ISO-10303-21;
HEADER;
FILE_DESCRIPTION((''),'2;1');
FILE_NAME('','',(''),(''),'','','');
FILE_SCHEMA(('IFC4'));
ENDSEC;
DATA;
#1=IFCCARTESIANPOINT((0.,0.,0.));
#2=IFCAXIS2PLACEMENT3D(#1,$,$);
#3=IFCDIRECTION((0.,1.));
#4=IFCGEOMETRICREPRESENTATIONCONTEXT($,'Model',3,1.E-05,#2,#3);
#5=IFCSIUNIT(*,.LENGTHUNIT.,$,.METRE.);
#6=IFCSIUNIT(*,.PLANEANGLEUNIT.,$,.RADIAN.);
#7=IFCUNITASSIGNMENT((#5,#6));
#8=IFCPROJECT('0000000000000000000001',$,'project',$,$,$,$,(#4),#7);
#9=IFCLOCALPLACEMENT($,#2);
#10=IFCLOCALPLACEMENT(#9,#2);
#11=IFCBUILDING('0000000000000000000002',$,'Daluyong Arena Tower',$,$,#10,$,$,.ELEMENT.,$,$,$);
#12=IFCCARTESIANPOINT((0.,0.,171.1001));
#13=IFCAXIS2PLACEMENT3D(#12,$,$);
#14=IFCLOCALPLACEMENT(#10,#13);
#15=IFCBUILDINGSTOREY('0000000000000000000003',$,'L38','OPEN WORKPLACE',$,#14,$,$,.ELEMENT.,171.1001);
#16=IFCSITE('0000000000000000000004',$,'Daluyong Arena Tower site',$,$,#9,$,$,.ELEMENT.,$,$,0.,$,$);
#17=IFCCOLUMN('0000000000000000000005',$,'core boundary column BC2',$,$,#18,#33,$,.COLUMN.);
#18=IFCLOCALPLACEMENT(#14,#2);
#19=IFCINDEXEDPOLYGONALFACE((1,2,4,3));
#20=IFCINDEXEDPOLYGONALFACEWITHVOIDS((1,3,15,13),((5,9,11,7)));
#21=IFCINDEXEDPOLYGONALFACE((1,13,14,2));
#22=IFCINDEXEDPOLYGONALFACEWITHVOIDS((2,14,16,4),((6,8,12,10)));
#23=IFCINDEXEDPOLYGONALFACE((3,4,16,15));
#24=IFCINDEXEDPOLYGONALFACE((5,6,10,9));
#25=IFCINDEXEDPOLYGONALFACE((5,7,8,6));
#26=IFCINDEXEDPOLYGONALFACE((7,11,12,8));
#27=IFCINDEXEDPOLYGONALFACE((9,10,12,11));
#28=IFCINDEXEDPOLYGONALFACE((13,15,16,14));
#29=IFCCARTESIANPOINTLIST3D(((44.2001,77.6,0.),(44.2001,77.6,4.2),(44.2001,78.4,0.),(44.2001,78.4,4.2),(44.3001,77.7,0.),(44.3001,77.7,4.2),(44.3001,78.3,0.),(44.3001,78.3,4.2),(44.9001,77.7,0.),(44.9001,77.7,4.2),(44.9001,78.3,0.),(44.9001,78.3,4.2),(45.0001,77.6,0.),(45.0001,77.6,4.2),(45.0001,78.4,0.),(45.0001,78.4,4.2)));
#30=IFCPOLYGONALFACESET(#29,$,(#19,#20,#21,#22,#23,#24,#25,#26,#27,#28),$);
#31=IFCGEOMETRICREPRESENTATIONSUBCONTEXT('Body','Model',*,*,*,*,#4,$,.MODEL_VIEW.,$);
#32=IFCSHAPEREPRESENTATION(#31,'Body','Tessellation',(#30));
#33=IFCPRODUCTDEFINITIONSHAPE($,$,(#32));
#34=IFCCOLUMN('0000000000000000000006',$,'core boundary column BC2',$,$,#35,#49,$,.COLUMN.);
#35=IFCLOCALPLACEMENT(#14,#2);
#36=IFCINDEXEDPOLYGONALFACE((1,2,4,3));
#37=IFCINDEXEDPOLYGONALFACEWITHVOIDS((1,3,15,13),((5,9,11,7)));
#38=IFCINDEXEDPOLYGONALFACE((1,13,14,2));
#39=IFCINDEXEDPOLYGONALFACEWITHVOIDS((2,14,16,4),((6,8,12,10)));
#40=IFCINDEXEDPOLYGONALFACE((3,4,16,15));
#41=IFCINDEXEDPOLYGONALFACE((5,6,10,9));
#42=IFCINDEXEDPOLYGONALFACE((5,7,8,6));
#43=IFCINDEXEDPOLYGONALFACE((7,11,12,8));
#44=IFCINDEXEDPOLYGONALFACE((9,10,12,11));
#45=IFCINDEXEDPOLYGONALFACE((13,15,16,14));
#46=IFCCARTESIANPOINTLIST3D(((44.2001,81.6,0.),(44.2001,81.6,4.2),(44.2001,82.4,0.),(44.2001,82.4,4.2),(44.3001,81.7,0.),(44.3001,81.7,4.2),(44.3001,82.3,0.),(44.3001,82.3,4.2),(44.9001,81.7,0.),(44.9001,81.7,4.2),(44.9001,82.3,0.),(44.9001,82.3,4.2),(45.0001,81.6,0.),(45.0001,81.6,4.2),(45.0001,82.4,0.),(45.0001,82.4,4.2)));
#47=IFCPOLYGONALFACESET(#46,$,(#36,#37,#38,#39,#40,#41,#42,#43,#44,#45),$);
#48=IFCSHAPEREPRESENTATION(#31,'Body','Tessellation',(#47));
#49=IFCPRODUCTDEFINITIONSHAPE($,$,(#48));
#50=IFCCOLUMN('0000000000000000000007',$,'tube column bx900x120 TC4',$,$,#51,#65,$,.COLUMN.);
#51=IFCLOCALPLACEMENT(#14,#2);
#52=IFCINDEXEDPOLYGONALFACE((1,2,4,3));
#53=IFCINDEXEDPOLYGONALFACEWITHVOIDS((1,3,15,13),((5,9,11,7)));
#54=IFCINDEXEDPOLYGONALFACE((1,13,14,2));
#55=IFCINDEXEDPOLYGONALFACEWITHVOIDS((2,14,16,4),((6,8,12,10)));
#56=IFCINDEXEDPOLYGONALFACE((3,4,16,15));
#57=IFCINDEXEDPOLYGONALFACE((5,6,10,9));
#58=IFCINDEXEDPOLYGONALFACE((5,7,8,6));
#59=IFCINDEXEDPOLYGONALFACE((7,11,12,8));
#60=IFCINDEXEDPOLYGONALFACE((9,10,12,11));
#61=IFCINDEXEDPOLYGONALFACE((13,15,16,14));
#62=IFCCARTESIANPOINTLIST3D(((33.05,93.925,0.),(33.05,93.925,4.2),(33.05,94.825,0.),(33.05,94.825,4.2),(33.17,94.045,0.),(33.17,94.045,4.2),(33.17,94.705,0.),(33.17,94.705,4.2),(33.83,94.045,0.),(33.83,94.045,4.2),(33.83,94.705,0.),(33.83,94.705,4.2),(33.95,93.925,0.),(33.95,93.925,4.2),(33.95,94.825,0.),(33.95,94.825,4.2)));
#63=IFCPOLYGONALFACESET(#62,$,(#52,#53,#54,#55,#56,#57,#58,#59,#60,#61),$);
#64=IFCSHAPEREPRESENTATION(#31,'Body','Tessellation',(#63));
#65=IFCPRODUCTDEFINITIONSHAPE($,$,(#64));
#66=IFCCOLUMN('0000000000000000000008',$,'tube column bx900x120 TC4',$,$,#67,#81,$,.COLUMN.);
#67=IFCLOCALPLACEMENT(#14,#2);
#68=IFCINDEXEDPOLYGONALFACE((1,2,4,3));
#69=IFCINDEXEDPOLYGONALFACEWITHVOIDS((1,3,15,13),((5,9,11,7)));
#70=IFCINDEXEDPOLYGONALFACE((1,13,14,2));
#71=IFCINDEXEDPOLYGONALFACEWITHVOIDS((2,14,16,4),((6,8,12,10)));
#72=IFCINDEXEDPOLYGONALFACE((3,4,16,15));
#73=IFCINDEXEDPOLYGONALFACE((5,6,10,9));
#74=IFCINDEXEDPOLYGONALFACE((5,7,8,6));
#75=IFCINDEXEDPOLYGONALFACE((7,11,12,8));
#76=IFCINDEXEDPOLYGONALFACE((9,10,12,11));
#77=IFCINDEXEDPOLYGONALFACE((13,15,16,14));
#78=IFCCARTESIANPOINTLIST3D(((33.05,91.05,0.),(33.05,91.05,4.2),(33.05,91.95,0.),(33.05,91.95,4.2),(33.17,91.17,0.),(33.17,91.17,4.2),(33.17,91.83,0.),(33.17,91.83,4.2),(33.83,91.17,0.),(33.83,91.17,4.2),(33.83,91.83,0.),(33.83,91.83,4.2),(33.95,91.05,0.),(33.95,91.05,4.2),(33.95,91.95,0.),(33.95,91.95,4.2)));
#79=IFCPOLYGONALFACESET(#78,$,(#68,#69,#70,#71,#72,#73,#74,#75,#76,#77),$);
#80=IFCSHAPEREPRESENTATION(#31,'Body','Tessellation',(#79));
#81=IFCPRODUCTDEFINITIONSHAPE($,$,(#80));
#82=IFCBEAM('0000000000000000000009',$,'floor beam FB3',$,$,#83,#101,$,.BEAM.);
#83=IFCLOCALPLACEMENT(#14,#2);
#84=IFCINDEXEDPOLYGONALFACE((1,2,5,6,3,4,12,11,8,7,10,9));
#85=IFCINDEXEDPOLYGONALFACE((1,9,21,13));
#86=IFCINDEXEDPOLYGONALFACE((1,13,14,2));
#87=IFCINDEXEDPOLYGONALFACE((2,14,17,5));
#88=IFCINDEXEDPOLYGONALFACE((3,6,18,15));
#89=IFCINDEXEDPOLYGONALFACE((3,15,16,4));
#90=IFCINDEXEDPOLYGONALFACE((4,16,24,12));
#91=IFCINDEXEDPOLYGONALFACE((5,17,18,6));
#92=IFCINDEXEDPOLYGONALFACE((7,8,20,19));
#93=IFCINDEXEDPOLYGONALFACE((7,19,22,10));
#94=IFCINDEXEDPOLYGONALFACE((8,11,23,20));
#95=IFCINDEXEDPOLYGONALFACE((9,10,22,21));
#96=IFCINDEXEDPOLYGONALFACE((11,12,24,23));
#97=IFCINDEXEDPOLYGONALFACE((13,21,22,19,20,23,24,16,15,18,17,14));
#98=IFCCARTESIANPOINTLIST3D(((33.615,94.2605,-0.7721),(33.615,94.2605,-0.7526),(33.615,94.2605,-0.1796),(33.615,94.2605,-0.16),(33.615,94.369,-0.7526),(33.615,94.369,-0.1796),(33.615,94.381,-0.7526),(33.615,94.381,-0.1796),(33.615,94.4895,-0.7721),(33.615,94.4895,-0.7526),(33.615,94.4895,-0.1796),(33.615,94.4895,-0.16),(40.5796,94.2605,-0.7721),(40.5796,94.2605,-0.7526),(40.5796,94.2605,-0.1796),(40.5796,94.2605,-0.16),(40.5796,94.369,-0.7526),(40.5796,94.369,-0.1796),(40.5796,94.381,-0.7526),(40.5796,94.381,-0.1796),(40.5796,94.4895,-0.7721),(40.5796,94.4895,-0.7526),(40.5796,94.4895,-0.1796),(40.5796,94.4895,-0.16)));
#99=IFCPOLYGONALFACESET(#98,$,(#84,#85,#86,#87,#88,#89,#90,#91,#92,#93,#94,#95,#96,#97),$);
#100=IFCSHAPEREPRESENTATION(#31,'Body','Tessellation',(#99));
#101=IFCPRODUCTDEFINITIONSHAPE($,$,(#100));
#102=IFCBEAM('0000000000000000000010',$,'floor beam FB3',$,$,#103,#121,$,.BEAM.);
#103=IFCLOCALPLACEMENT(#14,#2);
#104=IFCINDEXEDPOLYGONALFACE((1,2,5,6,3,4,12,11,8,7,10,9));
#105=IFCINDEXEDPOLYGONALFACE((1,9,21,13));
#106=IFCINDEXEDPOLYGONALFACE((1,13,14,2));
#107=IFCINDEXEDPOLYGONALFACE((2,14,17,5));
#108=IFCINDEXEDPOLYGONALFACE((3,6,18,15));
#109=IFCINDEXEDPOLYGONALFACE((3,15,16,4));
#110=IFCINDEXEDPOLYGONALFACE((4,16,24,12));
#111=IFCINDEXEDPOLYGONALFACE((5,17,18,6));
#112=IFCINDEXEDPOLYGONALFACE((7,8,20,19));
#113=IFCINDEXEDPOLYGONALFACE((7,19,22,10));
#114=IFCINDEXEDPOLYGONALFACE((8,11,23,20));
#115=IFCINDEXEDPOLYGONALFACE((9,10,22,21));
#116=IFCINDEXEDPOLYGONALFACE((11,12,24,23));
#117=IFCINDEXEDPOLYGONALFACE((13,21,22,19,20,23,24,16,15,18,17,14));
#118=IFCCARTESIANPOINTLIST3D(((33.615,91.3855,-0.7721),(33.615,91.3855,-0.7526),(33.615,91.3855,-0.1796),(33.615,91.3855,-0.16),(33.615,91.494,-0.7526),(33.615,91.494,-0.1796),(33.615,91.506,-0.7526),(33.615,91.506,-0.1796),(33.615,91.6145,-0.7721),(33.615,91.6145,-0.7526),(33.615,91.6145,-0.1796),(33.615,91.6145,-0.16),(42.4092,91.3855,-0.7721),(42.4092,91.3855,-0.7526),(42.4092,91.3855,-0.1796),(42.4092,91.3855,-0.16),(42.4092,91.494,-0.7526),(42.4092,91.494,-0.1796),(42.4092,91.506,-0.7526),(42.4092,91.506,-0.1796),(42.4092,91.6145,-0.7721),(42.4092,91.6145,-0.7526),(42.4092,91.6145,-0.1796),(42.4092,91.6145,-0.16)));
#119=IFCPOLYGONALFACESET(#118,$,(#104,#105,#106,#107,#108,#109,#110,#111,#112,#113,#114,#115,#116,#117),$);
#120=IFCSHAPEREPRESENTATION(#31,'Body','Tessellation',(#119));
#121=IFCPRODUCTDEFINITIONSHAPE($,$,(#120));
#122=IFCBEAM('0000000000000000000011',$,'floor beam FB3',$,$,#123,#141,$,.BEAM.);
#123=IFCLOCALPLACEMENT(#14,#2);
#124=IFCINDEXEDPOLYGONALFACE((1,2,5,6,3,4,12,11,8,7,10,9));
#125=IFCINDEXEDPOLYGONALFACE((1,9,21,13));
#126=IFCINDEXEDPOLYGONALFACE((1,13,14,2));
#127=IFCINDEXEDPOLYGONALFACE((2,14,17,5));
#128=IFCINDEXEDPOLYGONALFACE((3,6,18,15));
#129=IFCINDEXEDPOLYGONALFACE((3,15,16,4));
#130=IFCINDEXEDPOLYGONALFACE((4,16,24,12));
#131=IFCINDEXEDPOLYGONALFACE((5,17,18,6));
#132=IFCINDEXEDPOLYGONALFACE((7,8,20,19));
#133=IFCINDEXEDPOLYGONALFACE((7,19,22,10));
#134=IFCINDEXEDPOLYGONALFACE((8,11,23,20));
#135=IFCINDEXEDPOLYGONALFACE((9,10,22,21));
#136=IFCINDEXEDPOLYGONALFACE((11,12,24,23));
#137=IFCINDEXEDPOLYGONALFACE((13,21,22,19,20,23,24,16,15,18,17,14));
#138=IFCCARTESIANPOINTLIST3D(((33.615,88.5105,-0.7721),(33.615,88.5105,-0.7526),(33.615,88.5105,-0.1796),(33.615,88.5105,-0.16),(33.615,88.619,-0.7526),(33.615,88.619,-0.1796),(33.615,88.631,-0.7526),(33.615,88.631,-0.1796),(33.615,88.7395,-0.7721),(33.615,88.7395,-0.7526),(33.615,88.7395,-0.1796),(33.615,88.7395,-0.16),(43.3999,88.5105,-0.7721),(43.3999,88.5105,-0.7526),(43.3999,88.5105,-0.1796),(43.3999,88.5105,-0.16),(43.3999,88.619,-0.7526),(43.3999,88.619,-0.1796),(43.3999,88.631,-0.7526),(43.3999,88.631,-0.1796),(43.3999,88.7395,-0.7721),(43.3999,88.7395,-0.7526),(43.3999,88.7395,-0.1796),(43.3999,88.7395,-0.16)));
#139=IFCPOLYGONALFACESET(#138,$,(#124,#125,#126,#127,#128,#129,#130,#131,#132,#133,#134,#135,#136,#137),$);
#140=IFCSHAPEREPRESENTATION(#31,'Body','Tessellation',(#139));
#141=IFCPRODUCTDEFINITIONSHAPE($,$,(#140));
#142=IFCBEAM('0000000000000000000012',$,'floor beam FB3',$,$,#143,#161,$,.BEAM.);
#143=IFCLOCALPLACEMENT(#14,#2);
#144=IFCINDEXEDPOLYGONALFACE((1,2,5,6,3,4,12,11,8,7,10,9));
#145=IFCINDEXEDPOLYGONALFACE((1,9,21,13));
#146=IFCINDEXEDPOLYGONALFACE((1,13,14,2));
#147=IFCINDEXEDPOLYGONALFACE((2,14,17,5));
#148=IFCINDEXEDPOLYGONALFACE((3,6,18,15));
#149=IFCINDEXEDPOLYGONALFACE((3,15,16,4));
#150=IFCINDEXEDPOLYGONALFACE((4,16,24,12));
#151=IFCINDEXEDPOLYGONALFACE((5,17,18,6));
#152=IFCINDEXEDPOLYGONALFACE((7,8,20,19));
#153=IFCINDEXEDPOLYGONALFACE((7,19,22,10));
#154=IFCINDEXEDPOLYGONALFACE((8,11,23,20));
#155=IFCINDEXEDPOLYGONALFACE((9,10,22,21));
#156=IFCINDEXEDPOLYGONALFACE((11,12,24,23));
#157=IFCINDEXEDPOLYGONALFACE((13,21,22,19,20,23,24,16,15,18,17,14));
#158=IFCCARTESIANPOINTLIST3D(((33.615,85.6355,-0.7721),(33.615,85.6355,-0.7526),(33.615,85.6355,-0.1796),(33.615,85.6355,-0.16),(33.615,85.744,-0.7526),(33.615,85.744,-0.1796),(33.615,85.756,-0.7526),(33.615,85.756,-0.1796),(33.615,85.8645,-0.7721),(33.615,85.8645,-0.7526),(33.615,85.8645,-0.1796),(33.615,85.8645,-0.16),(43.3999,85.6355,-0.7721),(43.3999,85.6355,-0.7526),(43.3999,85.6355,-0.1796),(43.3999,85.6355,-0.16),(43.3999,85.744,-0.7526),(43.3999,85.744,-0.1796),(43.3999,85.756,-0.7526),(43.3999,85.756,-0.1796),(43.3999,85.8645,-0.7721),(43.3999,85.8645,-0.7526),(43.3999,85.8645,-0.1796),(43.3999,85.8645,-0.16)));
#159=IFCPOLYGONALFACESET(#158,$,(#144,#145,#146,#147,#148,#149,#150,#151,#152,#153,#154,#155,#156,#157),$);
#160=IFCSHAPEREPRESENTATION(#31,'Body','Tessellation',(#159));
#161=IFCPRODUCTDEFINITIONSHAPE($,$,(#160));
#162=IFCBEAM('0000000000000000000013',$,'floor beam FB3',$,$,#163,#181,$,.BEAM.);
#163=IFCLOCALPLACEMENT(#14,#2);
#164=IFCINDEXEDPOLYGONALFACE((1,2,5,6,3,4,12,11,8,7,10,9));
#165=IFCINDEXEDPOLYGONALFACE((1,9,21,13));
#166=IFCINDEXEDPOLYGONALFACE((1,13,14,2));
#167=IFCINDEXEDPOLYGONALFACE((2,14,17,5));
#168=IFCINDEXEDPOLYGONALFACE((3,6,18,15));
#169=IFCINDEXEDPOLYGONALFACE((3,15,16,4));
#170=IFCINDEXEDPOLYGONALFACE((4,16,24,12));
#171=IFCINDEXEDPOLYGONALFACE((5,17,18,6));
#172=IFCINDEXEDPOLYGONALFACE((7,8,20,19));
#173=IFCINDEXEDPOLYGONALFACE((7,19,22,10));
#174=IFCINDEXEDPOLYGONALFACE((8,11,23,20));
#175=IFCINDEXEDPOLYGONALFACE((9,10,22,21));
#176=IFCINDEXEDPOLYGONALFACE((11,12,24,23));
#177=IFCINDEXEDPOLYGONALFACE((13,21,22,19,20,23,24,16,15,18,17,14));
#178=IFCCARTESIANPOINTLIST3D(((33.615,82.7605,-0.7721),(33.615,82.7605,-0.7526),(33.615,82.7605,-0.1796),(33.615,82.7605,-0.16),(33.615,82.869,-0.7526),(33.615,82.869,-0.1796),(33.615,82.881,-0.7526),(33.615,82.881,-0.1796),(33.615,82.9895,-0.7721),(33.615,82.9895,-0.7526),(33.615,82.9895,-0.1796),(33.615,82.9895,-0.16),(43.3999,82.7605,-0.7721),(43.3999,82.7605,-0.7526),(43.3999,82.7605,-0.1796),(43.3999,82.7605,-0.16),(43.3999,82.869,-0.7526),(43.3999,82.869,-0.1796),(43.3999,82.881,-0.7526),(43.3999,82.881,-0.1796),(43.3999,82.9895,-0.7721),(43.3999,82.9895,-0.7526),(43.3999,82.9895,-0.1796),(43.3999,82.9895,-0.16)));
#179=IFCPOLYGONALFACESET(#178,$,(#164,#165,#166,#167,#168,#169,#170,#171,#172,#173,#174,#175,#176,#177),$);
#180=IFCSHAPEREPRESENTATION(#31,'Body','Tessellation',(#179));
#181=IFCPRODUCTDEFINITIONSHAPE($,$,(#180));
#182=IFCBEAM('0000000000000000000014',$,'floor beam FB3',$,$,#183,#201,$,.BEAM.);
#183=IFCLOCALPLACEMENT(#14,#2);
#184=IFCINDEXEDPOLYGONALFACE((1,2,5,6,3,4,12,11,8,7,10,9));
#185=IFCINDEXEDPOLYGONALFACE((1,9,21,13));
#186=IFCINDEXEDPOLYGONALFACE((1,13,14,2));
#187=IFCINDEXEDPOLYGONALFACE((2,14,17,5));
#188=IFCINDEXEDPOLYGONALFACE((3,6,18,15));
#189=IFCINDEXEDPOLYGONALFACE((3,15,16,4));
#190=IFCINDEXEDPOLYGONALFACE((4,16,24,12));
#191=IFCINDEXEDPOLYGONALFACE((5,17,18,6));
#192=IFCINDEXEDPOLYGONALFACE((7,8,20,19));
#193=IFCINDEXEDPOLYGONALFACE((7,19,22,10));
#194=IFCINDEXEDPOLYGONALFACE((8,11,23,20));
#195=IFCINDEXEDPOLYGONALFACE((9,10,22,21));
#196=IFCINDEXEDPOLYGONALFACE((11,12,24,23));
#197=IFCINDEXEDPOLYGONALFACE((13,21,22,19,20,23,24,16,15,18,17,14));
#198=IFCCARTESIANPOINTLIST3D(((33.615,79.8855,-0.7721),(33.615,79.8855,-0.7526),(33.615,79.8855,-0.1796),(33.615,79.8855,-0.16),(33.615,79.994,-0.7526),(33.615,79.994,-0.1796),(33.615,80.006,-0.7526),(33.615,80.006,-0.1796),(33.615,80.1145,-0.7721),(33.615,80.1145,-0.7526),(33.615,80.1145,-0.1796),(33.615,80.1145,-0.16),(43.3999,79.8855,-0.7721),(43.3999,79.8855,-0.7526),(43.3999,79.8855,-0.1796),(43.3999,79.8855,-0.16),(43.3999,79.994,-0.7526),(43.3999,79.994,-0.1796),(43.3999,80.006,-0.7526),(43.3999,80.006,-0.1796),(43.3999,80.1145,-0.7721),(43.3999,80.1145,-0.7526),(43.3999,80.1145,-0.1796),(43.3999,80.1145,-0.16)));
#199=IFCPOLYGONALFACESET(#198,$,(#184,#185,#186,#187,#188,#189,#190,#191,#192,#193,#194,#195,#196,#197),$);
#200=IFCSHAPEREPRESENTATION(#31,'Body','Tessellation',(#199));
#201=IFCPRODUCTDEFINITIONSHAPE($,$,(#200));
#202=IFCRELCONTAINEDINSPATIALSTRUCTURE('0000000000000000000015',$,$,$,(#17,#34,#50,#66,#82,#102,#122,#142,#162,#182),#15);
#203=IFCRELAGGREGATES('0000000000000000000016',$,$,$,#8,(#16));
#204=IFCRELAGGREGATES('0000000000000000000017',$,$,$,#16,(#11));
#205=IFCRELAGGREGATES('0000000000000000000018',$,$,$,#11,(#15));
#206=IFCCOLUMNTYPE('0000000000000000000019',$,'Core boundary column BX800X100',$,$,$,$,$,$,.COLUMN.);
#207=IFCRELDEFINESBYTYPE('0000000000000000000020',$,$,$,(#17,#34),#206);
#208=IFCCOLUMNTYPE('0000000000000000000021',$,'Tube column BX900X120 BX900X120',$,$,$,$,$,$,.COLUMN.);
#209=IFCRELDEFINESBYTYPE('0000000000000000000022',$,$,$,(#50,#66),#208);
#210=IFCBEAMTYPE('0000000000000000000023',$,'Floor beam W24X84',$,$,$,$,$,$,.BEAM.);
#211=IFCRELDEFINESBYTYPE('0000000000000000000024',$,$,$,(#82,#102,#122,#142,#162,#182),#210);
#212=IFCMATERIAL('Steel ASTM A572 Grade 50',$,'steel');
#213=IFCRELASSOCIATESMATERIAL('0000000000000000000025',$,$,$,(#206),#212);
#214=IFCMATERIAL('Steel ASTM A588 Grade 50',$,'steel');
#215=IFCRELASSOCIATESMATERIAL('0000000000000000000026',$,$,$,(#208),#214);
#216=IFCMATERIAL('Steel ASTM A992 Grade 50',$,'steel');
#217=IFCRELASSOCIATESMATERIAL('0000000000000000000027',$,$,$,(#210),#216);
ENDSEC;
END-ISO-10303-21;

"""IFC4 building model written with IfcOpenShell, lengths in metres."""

from ifc_helpers import new_model, si_unit, direction, frame, origin, origin_2d, place, context, subcontext, project, spatial, hollow_rectangle, i_section, extrude, material, material_profile, profile_set, type_object, element, save


model = new_model("IFC4")

# Units and contexts
model_context = context("Model", 3, precision=1e-05, world=origin(), true_north=direction((0.0, 1.0)))
body_context = subcontext(model_context, "Body", "Model", "MODEL_VIEW")
ifc_project = project(units=[si_unit("LENGTHUNIT", "METRE"), si_unit("PLANEANGLEUNIT", "RADIAN")], contexts=[model_context])

# Site, building, storey
site_placement = place(None, origin())
site = spatial("IfcSite", under=ifc_project, at=site_placement, Name="Daluyong Arena Tower site", CompositionType="ELEMENT", RefElevation=0.0)
building_placement = place(site_placement, origin())
building = spatial("IfcBuilding", under=site, at=building_placement, Name="Daluyong Arena Tower", CompositionType="ELEMENT")
storey_placement = place(building_placement, frame((0.0, 0.0, 171.1001)))
storey = spatial("IfcBuildingStorey", under=building, at=storey_placement, Name="L38", Description="OPEN WORKPLACE", CompositionType="ELEMENT", Elevation=171.1001)

# Columns
ifc_material_1 = material(Name="Steel ASTM A572 Grade 50", Category="steel")
ifc_material_profile_1 = material_profile(ifc_material_1, hollow_rectangle(XDim=0.8, YDim=0.8, WallThickness=0.1, at=origin_2d()))
ifc_profile_set_1 = profile_set([ifc_material_profile_1], Name="Steel ASTM A572 Grade 50")
column_type_1 = type_object("IfcColumnType", Name="Core boundary column BX800X100", PredefinedType="COLUMN", material=ifc_profile_set_1)
for number, where, z_axis, x_axis, name in (
    (1, (44.6001, 78.0, 0.0), (0.0, 0.0, 1.0), (1.0, 0.0, 0.0), "core boundary column BC2"),
    (2, (44.6001, 82.0, 0.0), (0.0, 0.0, 1.0), (1.0, 0.0, 0.0), "core boundary column BC2"),
):
    element("IfcColumn", number, at=place(storey_placement, frame(where, z_axis=z_axis, x_axis=x_axis)), inside=storey, type_object=column_type_1, Name=name, PredefinedType="COLUMN", context=body_context, shape_type="SweptSolid", body=[
        extrude(hollow_rectangle(XDim=0.8, YDim=0.8, WallThickness=0.1, at=origin_2d()), origin(), (0.0, 0.0, 1.0), 4.2),
    ])
ifc_material_2 = material(Name="Steel ASTM A588 Grade 50", Category="steel")
ifc_material_profile_2 = material_profile(ifc_material_2, hollow_rectangle(XDim=0.8999, YDim=0.8999, WallThickness=0.12, at=origin_2d()))
ifc_profile_set_2 = profile_set([ifc_material_profile_2], Name="Steel ASTM A588 Grade 50")
column_type_2 = type_object("IfcColumnType", Name="Tube column BX900X120 BX900X120", PredefinedType="COLUMN", material=ifc_profile_set_2)
for number, where, z_axis, x_axis, name in (
    (3, (33.5, 94.375, 0.0), (0.0, 0.0, 1.0), (0.0, 1.0, 0.0), "tube column bx900x120 TC4"),
    (4, (33.5, 91.5, 0.0), (0.0, 0.0, 1.0), (0.0, 1.0, 0.0), "tube column bx900x120 TC4"),
):
    element("IfcColumn", number, at=place(storey_placement, frame(where, z_axis=z_axis, x_axis=x_axis)), inside=storey, type_object=column_type_2, Name=name, PredefinedType="COLUMN", context=body_context, shape_type="SweptSolid", body=[
        extrude(hollow_rectangle(XDim=0.8999, YDim=0.8999, WallThickness=0.12, at=origin_2d()), origin(), (0.0, 0.0, 1.0), 4.2),
    ])

# Beams
ifc_material_3 = material(Name="Steel ASTM A992 Grade 50", Category="steel")
ifc_material_profile_3 = material_profile(ifc_material_3, i_section(OverallWidth=0.229, OverallDepth=0.6121, WebThickness=0.012, FlangeThickness=0.0195, at=origin_2d()))
ifc_profile_set_3 = profile_set([ifc_material_profile_3], Name="Steel ASTM A992 Grade 50")
beam_type_1 = type_object("IfcBeamType", Name="Floor beam W24X84", PredefinedType="BEAM", material=ifc_profile_set_3)
beam_1_placement = place(storey_placement, frame((33.615, 94.375, -0.4661), z_axis=(1.0, 0.0, 0.0), x_axis=(0.0, 1.0, 0.0)))
element("IfcBeam", 5, at=beam_1_placement, inside=storey, type_object=beam_type_1, Name="floor beam FB3", PredefinedType="BEAM", context=body_context, shape_type="SweptSolid", body=[
    extrude(i_section(OverallWidth=0.229, OverallDepth=0.6121, WebThickness=0.012, FlangeThickness=0.0195, at=origin_2d()), origin(), (0.0, 0.0, 1.0), 6.9646),
])
beam_2_placement = place(storey_placement, frame((33.615, 91.5, -0.4661), z_axis=(1.0, 0.0, 0.0), x_axis=(0.0, 1.0, 0.0)))
element("IfcBeam", 6, at=beam_2_placement, inside=storey, type_object=beam_type_1, Name="floor beam FB3", PredefinedType="BEAM", context=body_context, shape_type="SweptSolid", body=[
    extrude(i_section(OverallWidth=0.229, OverallDepth=0.6121, WebThickness=0.012, FlangeThickness=0.0195, at=origin_2d()), origin(), (0.0, 0.0, 1.0), 8.7942),
])
for number, where, z_axis, x_axis, name in (
    (7, (33.615, 88.625, -0.4661), (1.0, 0.0, 0.0), (0.0, 1.0, 0.0), "floor beam FB3"),
    (8, (33.615, 85.75, -0.4661), (1.0, 0.0, 0.0), (0.0, 1.0, 0.0), "floor beam FB3"),
    (9, (33.615, 82.875, -0.4661), (1.0, 0.0, 0.0), (0.0, 1.0, 0.0), "floor beam FB3"),
    (10, (33.615, 80.0, -0.4661), (1.0, 0.0, 0.0), (0.0, 1.0, 0.0), "floor beam FB3"),
):
    element("IfcBeam", number, at=place(storey_placement, frame(where, z_axis=z_axis, x_axis=x_axis)), inside=storey, type_object=beam_type_1, Name=name, PredefinedType="BEAM", context=body_context, shape_type="SweptSolid", body=[
        extrude(i_section(OverallWidth=0.229, OverallDepth=0.6121, WebThickness=0.012, FlangeThickness=0.0195, at=origin_2d()), origin(), (0.0, 0.0, 1.0), 9.7849),
    ])

save(model, "model.ifc")
